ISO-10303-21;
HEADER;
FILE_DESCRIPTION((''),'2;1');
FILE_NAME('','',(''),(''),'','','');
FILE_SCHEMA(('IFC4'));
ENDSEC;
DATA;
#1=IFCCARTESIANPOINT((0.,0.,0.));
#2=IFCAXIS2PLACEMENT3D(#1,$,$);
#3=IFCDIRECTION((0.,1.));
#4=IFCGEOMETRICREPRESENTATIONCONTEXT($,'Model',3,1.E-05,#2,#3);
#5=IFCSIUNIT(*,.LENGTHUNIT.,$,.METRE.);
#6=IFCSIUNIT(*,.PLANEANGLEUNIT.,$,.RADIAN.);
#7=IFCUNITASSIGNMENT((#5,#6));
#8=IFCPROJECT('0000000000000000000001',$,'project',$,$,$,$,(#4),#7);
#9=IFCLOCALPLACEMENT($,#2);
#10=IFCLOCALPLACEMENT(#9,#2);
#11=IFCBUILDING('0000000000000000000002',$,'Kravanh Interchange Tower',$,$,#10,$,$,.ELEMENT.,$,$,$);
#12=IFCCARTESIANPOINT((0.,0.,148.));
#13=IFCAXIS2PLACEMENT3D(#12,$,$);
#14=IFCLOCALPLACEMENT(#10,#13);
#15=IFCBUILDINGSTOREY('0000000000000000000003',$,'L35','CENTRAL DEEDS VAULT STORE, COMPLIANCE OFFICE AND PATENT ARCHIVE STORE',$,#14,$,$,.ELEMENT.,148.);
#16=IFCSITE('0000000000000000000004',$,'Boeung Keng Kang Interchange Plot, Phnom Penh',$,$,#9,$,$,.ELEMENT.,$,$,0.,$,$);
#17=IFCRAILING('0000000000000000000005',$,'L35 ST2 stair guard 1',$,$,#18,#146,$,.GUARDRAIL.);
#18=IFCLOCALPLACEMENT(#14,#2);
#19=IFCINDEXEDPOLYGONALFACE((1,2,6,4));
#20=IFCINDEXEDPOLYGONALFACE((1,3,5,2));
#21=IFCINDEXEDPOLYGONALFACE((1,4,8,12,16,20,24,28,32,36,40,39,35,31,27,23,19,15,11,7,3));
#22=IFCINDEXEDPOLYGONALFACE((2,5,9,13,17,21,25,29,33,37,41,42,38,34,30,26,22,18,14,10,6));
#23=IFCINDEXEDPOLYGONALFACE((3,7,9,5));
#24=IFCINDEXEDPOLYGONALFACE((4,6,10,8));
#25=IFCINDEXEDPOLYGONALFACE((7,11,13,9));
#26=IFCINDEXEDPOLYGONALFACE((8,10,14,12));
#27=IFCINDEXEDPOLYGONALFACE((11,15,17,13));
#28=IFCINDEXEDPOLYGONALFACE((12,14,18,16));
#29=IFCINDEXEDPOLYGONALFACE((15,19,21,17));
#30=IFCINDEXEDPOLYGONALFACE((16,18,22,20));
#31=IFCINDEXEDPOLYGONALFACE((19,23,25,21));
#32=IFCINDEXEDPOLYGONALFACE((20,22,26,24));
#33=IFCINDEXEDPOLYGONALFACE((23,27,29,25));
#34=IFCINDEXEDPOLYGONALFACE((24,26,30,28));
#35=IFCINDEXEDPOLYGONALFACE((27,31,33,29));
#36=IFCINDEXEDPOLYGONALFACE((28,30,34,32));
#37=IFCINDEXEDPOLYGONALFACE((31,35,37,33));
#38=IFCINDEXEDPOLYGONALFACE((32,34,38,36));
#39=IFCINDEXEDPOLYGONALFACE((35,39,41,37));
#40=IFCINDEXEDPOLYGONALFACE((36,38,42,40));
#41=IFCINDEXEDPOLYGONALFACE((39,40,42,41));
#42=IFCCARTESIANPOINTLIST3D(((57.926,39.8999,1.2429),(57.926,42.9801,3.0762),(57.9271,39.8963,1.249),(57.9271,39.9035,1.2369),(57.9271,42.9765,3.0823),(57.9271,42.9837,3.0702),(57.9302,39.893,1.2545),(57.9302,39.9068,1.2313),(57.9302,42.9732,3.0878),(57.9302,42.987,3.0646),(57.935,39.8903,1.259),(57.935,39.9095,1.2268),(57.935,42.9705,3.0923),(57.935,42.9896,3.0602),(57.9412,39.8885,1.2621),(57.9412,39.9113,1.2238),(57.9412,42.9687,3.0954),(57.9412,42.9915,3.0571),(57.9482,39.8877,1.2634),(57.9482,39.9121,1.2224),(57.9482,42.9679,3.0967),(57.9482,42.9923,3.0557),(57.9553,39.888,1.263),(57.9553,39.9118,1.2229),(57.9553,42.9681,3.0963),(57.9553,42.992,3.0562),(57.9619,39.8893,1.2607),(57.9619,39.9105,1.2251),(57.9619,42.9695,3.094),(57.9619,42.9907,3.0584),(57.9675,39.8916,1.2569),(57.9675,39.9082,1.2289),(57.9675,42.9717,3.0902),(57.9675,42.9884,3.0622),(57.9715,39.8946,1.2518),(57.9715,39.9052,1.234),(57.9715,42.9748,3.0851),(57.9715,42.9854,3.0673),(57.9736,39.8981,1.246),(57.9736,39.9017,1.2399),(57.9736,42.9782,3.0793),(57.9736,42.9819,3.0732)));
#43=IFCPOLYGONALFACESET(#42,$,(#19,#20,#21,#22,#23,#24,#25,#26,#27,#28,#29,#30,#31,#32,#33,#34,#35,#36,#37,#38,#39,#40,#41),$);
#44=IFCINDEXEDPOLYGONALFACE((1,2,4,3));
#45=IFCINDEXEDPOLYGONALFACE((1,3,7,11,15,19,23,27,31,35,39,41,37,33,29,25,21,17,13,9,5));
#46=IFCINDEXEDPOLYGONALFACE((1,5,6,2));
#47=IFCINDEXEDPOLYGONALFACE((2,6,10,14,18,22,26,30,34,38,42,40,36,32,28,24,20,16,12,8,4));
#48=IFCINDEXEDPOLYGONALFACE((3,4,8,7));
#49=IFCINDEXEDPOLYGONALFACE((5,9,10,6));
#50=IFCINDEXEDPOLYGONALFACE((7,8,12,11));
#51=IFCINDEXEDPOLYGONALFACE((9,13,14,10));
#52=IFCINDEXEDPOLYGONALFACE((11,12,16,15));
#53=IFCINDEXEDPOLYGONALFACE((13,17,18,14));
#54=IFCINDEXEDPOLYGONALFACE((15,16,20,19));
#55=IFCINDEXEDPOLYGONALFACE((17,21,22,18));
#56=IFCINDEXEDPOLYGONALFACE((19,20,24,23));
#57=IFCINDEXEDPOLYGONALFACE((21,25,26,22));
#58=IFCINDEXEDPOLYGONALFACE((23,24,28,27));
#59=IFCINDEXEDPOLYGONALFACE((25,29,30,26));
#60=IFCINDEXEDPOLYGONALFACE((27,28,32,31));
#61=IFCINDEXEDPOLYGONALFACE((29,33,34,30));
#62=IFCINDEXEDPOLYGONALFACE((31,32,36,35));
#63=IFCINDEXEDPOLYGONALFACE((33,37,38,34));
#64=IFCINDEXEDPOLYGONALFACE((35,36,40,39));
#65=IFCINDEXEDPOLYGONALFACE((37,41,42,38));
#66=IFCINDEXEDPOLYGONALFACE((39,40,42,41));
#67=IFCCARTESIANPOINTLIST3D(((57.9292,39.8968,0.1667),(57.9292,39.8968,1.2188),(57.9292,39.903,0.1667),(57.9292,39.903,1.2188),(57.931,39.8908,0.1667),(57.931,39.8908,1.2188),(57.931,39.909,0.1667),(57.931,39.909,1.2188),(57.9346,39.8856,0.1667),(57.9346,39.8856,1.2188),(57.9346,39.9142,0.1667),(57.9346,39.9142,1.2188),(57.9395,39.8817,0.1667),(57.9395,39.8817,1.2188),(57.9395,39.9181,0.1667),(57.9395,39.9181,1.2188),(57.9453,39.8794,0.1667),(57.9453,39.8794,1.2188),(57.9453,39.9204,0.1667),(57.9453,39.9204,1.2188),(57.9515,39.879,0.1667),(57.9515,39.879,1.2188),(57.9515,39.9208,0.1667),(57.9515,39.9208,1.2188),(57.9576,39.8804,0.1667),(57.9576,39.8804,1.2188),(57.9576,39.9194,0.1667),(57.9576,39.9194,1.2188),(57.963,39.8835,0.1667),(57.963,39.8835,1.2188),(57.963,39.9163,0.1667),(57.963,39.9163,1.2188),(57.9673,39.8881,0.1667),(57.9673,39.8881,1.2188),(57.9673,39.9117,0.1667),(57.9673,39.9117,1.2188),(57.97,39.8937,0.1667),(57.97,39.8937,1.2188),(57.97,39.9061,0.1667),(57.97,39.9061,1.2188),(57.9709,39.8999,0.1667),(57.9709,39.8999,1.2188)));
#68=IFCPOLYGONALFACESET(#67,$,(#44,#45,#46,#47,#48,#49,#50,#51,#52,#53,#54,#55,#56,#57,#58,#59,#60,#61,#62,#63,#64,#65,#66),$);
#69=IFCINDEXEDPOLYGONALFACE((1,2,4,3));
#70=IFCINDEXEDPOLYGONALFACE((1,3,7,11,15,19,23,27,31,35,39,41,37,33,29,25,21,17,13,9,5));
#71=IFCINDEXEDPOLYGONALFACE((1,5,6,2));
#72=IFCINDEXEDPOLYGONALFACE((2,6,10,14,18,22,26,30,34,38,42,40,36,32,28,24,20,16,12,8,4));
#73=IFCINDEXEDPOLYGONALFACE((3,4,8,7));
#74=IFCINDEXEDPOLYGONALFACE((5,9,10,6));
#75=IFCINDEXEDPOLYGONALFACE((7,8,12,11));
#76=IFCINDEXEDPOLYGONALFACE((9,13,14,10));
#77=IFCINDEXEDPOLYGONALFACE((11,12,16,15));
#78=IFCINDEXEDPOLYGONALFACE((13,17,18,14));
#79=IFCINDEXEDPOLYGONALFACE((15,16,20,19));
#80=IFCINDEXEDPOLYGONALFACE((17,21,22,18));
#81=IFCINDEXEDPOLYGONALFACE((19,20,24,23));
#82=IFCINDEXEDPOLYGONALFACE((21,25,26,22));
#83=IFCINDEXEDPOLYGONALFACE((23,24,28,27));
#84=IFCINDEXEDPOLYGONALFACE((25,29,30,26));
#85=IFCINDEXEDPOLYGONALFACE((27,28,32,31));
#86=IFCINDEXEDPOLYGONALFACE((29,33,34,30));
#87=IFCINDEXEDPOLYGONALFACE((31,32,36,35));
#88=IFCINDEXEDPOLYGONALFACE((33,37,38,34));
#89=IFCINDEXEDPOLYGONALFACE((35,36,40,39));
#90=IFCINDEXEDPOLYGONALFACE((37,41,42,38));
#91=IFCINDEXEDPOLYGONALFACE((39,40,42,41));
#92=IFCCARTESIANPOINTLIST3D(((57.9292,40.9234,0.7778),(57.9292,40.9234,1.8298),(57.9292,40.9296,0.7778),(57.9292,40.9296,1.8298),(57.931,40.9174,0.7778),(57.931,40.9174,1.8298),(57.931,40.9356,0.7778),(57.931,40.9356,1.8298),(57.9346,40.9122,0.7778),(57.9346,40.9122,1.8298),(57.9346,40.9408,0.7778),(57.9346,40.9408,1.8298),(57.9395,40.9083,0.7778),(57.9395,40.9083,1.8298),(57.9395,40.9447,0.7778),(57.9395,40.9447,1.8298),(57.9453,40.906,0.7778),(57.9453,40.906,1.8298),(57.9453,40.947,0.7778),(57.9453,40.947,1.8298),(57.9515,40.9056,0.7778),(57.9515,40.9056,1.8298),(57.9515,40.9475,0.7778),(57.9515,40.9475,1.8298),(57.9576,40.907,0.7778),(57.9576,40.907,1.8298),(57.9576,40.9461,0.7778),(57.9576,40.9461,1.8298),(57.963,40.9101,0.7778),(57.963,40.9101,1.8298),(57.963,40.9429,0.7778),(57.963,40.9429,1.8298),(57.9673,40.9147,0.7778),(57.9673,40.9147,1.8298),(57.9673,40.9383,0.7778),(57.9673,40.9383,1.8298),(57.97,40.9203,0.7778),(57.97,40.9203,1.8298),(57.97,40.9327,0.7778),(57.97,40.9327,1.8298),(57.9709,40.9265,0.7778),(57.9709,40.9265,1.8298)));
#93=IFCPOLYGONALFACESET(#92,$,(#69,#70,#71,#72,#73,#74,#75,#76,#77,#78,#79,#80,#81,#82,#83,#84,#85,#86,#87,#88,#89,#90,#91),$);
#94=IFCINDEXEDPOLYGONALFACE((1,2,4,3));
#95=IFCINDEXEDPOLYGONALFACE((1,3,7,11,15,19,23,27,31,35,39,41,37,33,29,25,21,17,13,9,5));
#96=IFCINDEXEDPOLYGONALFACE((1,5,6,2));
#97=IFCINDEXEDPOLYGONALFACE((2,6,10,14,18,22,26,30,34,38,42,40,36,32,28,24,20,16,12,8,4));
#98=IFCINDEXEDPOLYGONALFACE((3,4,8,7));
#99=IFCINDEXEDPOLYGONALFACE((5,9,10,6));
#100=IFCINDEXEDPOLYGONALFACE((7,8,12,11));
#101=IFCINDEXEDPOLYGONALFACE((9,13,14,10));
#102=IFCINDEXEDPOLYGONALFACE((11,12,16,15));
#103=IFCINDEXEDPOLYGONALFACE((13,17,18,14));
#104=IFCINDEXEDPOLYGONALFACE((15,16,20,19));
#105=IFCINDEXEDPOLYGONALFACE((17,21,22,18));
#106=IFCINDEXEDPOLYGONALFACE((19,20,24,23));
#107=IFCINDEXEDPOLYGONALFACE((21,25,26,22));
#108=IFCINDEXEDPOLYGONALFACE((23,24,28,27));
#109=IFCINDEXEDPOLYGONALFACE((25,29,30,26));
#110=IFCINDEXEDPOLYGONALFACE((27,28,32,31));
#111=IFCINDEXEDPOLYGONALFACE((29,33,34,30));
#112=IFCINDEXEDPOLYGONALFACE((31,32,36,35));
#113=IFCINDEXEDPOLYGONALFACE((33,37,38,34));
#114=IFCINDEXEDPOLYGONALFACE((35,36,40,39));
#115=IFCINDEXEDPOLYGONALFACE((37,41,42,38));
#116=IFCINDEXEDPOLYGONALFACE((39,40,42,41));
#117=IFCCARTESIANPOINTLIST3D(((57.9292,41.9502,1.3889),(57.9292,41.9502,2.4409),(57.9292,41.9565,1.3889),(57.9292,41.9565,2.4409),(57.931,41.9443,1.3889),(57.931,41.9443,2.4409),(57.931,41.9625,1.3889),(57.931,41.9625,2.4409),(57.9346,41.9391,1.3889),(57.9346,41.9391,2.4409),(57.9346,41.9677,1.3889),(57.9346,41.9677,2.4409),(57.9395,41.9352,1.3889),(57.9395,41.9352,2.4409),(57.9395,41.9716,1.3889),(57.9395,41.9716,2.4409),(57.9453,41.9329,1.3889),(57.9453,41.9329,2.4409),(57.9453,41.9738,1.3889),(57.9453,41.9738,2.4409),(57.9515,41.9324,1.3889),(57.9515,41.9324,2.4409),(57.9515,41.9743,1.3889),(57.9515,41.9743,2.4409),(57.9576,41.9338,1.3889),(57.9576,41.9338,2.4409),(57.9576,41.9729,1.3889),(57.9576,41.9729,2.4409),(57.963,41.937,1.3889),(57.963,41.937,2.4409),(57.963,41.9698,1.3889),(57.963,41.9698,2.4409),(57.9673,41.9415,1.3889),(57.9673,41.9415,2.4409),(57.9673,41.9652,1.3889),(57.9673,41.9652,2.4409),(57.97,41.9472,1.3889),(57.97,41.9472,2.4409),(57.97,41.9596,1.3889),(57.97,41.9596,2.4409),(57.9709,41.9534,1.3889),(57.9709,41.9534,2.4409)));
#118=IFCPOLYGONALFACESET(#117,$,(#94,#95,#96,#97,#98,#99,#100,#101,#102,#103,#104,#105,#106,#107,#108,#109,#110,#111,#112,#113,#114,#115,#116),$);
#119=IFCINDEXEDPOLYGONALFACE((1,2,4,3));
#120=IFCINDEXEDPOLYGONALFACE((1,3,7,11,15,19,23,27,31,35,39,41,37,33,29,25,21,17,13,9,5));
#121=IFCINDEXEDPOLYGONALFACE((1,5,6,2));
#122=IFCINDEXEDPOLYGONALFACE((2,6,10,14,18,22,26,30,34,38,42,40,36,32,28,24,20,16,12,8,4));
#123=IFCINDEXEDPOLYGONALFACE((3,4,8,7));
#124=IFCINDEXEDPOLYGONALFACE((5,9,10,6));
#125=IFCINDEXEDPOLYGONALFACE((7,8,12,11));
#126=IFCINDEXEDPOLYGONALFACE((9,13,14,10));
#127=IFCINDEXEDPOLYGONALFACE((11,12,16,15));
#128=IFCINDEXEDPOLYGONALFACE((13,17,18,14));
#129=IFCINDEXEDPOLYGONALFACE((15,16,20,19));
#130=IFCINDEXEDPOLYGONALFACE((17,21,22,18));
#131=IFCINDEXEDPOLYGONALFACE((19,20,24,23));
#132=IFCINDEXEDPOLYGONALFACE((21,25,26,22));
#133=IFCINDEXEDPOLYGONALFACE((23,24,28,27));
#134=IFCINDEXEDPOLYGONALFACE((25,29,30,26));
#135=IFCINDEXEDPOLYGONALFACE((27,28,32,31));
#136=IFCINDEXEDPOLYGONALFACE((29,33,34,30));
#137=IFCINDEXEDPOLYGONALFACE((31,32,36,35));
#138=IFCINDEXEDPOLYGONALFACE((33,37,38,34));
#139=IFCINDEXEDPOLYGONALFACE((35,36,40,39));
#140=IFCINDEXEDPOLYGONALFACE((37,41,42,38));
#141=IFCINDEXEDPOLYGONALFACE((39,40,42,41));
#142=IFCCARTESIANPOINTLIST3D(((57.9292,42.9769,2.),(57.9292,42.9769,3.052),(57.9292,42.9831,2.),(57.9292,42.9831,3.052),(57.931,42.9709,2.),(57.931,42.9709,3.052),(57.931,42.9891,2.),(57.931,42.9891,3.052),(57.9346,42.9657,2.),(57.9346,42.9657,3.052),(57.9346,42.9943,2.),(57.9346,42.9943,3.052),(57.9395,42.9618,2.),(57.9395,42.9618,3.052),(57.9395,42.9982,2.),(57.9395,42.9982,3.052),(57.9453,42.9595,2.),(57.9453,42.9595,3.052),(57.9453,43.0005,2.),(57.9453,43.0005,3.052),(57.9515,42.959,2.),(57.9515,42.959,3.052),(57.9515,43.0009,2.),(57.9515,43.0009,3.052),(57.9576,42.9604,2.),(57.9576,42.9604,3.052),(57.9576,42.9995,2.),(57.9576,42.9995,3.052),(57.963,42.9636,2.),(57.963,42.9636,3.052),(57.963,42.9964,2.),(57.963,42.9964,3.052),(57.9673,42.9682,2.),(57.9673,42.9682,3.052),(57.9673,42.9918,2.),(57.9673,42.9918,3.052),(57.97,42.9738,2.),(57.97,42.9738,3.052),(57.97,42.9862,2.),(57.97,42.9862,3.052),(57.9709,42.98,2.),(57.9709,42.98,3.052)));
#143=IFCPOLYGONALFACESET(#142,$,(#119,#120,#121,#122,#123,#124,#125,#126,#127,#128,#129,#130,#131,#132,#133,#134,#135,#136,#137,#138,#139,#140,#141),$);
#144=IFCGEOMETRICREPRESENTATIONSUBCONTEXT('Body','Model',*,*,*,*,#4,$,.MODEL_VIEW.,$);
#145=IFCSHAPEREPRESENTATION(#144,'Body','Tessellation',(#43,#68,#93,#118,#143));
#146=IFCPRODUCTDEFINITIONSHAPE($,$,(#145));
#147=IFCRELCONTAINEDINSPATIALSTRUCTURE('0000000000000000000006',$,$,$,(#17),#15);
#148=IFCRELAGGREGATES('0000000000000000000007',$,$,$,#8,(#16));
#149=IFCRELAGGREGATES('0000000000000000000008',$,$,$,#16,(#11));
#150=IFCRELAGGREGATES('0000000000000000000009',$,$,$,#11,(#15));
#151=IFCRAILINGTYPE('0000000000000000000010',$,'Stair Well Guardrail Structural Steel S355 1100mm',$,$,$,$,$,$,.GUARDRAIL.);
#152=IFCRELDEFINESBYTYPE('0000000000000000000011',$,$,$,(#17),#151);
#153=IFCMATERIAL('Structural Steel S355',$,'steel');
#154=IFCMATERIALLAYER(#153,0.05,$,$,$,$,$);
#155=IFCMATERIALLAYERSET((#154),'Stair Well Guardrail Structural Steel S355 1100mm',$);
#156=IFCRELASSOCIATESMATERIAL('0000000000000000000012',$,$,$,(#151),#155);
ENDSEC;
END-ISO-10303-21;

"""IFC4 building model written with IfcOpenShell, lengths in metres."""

from ifc_helpers import new_model, si_unit, direction, frame, origin, origin_2d, place, context, subcontext, project, spatial, circle, extrude, material, layer, layer_set, type_object, element, save


model = new_model("IFC4")

# Units and contexts
model_context = context("Model", 3, precision=1e-05, world=origin(), true_north=direction((0.0, 1.0)))
body_context = subcontext(model_context, "Body", "Model", "MODEL_VIEW")
ifc_project = project(units=[si_unit("LENGTHUNIT", "METRE"), si_unit("PLANEANGLEUNIT", "RADIAN")], contexts=[model_context])

# Site, building, storey
site_placement = place(None, origin())
site = spatial("IfcSite", under=ifc_project, at=site_placement, Name="Boeung Keng Kang Interchange Plot, Phnom Penh", CompositionType="ELEMENT", RefElevation=0.0)
building_placement = place(site_placement, origin())
building = spatial("IfcBuilding", under=site, at=building_placement, Name="Kravanh Interchange Tower", CompositionType="ELEMENT")
storey_placement = place(building_placement, frame((0.0, 0.0, 148.0)))
storey = spatial("IfcBuildingStorey", under=building, at=storey_placement, Name="L35", Description="CENTRAL DEEDS VAULT STORE, COMPLIANCE OFFICE AND PATENT ARCHIVE STORE", CompositionType="ELEMENT", Elevation=148.0)

# Railing
ifc_material_1 = material(Name="Structural Steel S355", Category="steel")
ifc_layer_1 = layer(ifc_material_1, 0.05)
ifc_layer_set_1 = layer_set([ifc_layer_1], Name="Stair Well Guardrail Structural Steel S355 1100mm")
railing_type_1 = type_object("IfcRailingType", Name="Stair Well Guardrail Structural Steel S355 1100mm", PredefinedType="GUARDRAIL", material=ifc_layer_set_1)
railing_1_placement = place(storey_placement, frame((57.95, 39.8999, 0.1667)))
element("IfcRailing", 1, at=railing_1_placement, inside=storey, type_object=railing_type_1, Name="L35 ST2 stair guard 1", PredefinedType="GUARDRAIL", context=body_context, shape_type="SweptSolid", body=[
    extrude(circle(Radius=0.0239, at=origin_2d()), frame((0.0, 0.0, 1.0762), z_axis=(0.0, 0.859309, 0.511458), x_axis=(-1.0, 0.0, 0.0)), (0.0, 0.0, 1.0), 3.5845),
    extrude(circle(Radius=0.021, at=origin_2d()), origin(), (0.0, 0.0, 1.0), 1.052),
    extrude(circle(Radius=0.021, at=origin_2d()), frame((0.0, 1.0266, 0.6111)), (0.0, 0.0, 1.0), 1.052),
    extrude(circle(Radius=0.021, at=origin_2d()), frame((0.0, 2.0535, 1.2222)), (0.0, 0.0, 1.0), 1.052),
    extrude(circle(Radius=0.021, at=origin_2d()), frame((0.0, 3.0801, 1.8333)), (0.0, 0.0, 1.0), 1.052),
])

save(model, "model.ifc")
